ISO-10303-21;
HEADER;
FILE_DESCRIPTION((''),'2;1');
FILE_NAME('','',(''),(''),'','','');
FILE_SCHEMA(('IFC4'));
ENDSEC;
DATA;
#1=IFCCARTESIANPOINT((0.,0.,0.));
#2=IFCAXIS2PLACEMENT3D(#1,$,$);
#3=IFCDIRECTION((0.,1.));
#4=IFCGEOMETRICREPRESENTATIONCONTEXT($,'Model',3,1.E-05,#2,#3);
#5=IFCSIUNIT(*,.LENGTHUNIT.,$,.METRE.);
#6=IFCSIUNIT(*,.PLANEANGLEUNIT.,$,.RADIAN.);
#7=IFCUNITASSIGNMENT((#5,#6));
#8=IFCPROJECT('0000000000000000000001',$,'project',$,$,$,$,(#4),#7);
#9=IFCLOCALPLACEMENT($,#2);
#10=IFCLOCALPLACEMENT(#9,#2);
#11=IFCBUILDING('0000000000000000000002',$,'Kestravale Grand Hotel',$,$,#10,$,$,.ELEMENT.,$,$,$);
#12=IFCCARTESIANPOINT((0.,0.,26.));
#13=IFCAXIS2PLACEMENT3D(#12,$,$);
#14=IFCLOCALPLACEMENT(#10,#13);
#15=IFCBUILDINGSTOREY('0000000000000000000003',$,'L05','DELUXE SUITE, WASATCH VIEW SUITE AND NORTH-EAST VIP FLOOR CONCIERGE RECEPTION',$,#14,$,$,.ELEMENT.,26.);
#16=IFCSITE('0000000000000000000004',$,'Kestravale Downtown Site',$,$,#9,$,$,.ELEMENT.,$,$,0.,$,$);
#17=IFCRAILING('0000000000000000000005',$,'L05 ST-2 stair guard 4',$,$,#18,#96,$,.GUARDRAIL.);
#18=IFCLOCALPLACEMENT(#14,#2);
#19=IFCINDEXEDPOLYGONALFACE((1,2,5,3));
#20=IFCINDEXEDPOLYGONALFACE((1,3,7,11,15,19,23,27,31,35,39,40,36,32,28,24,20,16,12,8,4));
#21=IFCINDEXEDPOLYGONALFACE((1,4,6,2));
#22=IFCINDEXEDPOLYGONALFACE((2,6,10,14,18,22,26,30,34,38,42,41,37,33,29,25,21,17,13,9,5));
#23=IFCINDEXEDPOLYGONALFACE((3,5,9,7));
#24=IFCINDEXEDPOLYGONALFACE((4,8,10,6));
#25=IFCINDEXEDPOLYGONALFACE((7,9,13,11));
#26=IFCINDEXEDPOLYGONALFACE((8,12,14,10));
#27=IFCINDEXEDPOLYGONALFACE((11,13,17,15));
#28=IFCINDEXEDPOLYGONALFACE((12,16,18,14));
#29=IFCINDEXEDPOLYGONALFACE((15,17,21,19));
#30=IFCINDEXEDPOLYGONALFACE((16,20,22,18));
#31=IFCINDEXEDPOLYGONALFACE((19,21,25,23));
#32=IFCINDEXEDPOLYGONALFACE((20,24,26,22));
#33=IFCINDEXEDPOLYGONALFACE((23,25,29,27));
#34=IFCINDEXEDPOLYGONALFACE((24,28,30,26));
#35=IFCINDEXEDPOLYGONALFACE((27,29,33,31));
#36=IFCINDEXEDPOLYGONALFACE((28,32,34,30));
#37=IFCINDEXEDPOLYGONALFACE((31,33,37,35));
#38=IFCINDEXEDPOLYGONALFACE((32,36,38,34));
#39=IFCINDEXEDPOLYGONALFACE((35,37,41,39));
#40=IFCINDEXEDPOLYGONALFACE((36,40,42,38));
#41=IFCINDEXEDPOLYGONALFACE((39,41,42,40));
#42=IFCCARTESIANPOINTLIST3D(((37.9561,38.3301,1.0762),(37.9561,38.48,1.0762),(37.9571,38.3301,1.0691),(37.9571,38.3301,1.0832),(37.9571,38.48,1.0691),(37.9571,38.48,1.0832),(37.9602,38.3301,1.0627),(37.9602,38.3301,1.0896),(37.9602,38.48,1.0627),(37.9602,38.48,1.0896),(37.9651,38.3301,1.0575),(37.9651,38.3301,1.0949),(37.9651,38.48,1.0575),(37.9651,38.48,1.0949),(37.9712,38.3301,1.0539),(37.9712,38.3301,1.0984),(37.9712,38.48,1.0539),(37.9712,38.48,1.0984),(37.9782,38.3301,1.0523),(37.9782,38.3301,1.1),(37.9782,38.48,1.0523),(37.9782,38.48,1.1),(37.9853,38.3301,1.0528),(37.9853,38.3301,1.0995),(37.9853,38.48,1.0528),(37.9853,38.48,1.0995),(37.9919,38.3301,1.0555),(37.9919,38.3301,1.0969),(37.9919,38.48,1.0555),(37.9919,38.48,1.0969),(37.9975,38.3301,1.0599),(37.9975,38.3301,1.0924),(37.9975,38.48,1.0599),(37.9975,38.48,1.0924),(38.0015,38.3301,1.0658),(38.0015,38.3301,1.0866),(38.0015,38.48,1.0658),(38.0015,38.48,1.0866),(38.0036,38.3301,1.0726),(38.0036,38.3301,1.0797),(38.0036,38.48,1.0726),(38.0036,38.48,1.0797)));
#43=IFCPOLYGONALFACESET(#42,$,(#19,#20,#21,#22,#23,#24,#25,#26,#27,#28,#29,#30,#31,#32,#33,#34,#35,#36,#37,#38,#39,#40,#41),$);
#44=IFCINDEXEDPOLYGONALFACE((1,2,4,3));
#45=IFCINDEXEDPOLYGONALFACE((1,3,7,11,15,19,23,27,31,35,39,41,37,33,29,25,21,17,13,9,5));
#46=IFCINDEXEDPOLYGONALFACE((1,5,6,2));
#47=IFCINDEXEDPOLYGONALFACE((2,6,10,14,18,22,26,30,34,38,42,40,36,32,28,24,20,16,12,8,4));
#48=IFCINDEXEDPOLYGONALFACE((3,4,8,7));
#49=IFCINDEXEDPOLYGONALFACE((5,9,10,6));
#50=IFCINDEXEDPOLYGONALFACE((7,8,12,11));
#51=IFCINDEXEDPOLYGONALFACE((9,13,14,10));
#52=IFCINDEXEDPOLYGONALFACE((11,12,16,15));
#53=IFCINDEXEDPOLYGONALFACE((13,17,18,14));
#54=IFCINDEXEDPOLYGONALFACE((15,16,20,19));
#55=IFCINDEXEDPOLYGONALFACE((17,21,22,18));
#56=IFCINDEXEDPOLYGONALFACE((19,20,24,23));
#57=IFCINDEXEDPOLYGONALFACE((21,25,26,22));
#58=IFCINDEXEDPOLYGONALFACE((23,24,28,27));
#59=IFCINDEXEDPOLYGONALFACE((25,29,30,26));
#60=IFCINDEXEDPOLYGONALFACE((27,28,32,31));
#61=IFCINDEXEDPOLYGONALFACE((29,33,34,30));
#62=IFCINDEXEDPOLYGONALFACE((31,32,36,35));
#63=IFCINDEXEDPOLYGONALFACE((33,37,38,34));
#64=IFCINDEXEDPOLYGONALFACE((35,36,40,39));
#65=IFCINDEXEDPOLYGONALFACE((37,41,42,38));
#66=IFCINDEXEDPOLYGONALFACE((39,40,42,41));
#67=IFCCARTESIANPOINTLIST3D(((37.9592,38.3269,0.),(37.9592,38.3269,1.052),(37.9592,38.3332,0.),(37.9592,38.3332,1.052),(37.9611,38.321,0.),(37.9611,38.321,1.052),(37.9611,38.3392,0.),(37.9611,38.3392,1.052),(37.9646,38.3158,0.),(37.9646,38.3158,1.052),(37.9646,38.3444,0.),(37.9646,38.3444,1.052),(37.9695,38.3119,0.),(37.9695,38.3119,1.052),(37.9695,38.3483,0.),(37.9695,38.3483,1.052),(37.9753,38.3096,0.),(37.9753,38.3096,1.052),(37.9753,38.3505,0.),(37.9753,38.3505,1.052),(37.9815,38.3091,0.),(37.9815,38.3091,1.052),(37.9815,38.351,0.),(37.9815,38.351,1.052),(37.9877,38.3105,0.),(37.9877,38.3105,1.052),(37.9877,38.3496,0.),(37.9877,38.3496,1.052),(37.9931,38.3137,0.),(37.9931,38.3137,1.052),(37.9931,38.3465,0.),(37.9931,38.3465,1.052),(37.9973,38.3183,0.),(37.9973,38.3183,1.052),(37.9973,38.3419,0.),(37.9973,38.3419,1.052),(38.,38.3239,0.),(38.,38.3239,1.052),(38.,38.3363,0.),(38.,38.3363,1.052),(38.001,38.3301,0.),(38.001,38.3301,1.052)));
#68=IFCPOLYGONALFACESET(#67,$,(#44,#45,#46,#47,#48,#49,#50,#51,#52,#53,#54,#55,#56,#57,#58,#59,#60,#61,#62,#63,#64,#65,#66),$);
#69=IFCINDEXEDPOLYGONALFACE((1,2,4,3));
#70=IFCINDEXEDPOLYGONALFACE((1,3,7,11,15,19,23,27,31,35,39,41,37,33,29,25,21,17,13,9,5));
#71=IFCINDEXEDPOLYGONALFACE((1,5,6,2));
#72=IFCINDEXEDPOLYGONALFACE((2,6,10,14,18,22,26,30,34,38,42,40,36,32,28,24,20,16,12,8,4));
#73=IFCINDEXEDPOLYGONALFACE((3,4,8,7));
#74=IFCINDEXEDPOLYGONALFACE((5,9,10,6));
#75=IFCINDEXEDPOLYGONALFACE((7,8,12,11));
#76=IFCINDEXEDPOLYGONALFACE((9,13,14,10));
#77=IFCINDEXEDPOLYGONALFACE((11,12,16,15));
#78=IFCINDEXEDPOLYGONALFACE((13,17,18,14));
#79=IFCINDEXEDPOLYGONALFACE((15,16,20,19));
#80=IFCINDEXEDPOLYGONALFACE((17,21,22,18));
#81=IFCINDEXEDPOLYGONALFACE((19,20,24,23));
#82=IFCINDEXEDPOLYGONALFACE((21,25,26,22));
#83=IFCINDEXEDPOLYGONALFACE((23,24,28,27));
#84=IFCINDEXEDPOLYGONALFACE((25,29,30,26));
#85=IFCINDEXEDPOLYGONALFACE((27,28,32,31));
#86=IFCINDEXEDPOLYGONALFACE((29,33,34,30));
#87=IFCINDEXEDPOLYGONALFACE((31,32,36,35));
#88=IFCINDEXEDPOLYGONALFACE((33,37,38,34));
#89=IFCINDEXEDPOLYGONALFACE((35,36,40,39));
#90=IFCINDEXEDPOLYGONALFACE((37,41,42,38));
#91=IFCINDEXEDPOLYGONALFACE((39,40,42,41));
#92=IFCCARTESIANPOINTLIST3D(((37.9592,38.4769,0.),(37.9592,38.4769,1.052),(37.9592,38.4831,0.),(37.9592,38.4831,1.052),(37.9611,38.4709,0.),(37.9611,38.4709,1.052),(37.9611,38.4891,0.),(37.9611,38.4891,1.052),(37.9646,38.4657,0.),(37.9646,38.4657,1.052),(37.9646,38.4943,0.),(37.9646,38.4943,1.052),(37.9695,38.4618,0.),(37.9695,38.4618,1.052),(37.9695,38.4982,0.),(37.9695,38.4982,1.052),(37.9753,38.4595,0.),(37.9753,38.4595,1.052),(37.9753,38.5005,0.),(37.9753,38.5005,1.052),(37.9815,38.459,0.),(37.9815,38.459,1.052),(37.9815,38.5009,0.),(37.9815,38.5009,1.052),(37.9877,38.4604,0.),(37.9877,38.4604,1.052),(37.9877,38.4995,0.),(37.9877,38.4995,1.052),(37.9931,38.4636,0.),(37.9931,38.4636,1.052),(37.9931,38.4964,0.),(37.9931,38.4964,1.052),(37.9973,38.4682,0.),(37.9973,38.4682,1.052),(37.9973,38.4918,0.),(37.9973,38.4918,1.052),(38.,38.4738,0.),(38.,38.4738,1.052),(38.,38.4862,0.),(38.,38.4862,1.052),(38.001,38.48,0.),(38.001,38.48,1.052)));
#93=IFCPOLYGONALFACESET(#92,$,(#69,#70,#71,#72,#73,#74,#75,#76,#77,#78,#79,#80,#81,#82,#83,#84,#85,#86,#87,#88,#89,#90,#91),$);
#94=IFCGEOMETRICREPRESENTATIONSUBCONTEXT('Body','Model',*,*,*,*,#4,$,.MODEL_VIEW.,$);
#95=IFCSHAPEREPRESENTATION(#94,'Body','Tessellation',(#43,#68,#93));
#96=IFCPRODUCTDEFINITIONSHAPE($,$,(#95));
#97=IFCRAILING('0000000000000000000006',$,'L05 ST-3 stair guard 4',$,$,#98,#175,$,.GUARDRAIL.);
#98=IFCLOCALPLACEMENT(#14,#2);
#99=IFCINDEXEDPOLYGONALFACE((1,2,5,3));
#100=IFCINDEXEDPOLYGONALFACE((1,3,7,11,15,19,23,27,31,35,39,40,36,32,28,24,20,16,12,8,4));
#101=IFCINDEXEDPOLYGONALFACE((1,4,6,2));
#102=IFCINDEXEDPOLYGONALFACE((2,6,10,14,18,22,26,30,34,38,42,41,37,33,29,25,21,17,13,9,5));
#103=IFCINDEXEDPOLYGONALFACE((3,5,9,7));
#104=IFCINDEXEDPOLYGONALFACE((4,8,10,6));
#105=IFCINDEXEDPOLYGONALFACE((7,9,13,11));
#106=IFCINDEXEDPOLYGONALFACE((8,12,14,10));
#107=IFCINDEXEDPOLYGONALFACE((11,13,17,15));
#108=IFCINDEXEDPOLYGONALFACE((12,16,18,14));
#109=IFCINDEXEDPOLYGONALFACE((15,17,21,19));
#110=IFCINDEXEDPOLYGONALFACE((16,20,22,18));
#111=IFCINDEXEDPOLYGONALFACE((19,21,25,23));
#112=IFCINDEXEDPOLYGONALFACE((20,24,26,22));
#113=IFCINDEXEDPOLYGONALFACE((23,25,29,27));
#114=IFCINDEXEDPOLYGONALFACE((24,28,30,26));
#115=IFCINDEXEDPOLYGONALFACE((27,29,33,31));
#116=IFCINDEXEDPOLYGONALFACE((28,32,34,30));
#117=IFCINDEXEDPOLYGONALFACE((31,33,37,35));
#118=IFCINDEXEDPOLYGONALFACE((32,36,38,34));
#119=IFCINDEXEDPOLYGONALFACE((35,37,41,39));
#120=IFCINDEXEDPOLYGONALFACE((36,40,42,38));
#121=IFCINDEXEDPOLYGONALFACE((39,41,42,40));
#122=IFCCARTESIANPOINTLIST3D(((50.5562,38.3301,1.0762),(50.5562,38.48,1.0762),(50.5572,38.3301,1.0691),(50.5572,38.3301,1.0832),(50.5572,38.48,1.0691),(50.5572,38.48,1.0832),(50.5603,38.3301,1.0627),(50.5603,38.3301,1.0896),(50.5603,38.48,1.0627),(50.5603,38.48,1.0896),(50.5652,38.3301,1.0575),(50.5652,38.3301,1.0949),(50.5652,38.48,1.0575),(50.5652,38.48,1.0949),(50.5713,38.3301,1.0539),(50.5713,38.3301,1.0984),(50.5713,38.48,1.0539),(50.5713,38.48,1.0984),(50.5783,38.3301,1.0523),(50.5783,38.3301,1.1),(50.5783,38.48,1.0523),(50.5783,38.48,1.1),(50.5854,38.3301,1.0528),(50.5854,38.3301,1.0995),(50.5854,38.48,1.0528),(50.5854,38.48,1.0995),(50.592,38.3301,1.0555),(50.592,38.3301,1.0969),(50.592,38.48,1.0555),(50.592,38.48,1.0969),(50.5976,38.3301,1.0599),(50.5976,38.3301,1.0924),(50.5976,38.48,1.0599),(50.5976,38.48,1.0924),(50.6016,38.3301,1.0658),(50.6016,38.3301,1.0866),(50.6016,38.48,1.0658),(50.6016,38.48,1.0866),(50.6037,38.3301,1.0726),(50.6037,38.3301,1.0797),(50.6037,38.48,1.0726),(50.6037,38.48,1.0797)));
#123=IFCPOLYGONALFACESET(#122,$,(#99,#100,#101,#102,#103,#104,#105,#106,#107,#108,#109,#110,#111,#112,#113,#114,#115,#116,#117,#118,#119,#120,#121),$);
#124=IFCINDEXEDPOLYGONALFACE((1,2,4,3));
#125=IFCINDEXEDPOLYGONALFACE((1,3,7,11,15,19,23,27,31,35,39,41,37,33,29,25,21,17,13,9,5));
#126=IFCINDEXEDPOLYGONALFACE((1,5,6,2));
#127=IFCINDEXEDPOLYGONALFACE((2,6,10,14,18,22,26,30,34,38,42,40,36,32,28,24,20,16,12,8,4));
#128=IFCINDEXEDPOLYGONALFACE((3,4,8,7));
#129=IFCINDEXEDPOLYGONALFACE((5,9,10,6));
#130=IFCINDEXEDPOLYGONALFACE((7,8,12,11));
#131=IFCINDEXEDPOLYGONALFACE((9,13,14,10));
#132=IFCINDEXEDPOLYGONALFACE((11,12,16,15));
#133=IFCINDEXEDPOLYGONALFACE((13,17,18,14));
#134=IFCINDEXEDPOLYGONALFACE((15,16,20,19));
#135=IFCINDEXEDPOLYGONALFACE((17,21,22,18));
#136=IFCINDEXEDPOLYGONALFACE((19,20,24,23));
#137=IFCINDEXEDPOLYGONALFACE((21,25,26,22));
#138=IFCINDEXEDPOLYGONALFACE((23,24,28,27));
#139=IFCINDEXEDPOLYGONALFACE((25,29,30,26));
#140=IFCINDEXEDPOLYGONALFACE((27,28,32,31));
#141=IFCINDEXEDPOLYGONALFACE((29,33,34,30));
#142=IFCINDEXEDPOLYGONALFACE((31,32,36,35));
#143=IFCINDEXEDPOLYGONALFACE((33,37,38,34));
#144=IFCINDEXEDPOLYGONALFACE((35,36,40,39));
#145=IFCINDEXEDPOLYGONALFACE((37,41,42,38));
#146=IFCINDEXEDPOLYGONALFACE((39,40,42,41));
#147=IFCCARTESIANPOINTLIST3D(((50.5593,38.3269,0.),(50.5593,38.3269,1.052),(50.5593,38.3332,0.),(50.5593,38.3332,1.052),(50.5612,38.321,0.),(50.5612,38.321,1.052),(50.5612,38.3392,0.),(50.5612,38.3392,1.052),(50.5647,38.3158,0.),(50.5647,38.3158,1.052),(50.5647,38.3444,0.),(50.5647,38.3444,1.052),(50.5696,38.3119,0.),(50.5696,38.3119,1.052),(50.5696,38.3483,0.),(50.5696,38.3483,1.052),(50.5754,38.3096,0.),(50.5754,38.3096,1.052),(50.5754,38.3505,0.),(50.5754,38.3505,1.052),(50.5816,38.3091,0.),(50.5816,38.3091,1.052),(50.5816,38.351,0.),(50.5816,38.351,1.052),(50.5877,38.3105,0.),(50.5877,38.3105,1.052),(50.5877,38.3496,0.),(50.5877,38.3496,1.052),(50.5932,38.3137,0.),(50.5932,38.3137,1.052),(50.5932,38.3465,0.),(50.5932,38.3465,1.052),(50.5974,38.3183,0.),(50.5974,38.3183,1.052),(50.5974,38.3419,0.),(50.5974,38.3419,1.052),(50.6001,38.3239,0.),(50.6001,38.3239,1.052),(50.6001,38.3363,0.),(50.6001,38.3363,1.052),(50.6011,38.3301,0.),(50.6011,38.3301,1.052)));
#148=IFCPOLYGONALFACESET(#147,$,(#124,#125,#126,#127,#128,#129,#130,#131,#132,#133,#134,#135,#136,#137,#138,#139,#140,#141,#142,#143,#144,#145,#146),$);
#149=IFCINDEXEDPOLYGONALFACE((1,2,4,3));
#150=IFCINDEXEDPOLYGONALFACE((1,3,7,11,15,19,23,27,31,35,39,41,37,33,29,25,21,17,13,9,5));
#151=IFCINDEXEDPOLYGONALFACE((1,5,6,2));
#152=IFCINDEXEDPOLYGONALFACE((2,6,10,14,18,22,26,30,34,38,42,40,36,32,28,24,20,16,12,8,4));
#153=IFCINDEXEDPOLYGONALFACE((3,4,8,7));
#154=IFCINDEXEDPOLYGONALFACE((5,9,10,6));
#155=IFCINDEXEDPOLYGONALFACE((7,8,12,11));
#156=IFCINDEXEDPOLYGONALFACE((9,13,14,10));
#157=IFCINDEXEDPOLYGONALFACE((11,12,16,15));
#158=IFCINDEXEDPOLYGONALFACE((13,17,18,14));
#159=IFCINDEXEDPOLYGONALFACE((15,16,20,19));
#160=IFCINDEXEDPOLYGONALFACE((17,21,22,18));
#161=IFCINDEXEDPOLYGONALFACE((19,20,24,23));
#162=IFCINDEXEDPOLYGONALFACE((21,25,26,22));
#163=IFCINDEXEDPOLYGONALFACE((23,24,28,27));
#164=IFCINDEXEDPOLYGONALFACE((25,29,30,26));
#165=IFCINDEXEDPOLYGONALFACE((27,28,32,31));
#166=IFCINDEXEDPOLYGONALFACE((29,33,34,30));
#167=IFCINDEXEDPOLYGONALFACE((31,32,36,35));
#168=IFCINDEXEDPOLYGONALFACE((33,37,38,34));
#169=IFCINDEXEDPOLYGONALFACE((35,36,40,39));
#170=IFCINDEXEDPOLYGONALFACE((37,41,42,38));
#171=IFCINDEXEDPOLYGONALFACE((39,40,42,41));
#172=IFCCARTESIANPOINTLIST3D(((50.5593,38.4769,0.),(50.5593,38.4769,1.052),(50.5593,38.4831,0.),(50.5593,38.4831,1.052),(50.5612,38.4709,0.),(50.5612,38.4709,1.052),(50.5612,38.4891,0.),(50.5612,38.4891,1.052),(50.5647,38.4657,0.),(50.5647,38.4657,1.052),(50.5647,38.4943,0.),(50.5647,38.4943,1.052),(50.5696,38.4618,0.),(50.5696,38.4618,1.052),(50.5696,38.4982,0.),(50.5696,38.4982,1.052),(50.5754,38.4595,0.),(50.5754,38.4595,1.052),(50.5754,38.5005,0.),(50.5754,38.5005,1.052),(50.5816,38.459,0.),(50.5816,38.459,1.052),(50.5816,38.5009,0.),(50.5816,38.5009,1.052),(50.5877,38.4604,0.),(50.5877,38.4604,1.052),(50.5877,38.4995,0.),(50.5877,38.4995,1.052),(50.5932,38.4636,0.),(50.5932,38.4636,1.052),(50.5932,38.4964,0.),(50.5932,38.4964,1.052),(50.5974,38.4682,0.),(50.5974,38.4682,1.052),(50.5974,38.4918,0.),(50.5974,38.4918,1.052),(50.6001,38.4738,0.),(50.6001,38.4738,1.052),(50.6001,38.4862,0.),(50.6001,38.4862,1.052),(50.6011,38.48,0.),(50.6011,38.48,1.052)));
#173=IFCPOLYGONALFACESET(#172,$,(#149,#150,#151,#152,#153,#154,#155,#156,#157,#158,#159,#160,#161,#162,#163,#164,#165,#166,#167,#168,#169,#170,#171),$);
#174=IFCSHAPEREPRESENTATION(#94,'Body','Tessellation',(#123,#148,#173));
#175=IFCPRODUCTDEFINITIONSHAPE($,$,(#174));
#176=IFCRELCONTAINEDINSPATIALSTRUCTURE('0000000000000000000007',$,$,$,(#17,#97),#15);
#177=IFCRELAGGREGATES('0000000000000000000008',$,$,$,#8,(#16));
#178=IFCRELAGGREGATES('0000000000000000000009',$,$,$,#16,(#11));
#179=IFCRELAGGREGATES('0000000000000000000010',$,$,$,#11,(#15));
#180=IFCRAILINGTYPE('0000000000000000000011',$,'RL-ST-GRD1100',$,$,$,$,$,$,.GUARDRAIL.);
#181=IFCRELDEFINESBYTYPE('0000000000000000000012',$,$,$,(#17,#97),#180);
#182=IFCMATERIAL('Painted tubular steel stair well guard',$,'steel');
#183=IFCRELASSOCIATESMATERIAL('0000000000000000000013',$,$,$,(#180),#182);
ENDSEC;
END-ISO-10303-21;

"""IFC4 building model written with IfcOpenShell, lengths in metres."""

from ifc_helpers import new_model, si_unit, direction, frame, origin, origin_2d, place, context, subcontext, project, spatial, circle, extrude, material, type_object, element, save


model = new_model("IFC4")

# Units and contexts
model_context = context("Model", 3, precision=1e-05, world=origin(), true_north=direction((0.0, 1.0)))
body_context = subcontext(model_context, "Body", "Model", "MODEL_VIEW")
ifc_project = project(units=[si_unit("LENGTHUNIT", "METRE"), si_unit("PLANEANGLEUNIT", "RADIAN")], contexts=[model_context])

# Site, building, storey
site_placement = place(None, origin())
site = spatial("IfcSite", under=ifc_project, at=site_placement, Name="Kestravale Downtown Site", CompositionType="ELEMENT", RefElevation=0.0)
building_placement = place(site_placement, origin())
building = spatial("IfcBuilding", under=site, at=building_placement, Name="Kestravale Grand Hotel", CompositionType="ELEMENT")
storey_placement = place(building_placement, frame((0.0, 0.0, 26.0)))
storey = spatial("IfcBuildingStorey", under=building, at=storey_placement, Name="L05", Description="DELUXE SUITE, WASATCH VIEW SUITE AND NORTH-EAST VIP FLOOR CONCIERGE RECEPTION", CompositionType="ELEMENT", Elevation=26.0)

# Railings
ifc_material_1 = material(Name="Painted tubular steel stair well guard", Category="steel")
railing_type_1 = type_object("IfcRailingType", Name="RL-ST-GRD1100", PredefinedType="GUARDRAIL", material=ifc_material_1)
for number, where, name in (
    (1, (37.98, 38.3301, 0.0), "L05 ST-2 stair guard 4"),
    (2, (50.5801, 38.3301, 0.0), "L05 ST-3 stair guard 4"),
):
    element("IfcRailing", number, at=place(storey_placement, frame(where)), inside=storey, type_object=railing_type_1, Name=name, PredefinedType="GUARDRAIL", context=body_context, shape_type="SweptSolid", body=[
        extrude(circle(Radius=0.0239, at=origin_2d()), frame((0.0, 0.0, 1.0762), z_axis=(0.0, 1.0, 0.0), x_axis=(-1.0, 0.0, 0.0)), (0.0, 0.0, 1.0), 0.1499),
        extrude(circle(Radius=0.021, at=origin_2d()), origin(), (0.0, 0.0, 1.0), 1.052),
        extrude(circle(Radius=0.021, at=origin_2d()), frame((0.0, 0.1499, 0.0)), (0.0, 0.0, 1.0), 1.052),
    ])

save(model, "model.ifc")
